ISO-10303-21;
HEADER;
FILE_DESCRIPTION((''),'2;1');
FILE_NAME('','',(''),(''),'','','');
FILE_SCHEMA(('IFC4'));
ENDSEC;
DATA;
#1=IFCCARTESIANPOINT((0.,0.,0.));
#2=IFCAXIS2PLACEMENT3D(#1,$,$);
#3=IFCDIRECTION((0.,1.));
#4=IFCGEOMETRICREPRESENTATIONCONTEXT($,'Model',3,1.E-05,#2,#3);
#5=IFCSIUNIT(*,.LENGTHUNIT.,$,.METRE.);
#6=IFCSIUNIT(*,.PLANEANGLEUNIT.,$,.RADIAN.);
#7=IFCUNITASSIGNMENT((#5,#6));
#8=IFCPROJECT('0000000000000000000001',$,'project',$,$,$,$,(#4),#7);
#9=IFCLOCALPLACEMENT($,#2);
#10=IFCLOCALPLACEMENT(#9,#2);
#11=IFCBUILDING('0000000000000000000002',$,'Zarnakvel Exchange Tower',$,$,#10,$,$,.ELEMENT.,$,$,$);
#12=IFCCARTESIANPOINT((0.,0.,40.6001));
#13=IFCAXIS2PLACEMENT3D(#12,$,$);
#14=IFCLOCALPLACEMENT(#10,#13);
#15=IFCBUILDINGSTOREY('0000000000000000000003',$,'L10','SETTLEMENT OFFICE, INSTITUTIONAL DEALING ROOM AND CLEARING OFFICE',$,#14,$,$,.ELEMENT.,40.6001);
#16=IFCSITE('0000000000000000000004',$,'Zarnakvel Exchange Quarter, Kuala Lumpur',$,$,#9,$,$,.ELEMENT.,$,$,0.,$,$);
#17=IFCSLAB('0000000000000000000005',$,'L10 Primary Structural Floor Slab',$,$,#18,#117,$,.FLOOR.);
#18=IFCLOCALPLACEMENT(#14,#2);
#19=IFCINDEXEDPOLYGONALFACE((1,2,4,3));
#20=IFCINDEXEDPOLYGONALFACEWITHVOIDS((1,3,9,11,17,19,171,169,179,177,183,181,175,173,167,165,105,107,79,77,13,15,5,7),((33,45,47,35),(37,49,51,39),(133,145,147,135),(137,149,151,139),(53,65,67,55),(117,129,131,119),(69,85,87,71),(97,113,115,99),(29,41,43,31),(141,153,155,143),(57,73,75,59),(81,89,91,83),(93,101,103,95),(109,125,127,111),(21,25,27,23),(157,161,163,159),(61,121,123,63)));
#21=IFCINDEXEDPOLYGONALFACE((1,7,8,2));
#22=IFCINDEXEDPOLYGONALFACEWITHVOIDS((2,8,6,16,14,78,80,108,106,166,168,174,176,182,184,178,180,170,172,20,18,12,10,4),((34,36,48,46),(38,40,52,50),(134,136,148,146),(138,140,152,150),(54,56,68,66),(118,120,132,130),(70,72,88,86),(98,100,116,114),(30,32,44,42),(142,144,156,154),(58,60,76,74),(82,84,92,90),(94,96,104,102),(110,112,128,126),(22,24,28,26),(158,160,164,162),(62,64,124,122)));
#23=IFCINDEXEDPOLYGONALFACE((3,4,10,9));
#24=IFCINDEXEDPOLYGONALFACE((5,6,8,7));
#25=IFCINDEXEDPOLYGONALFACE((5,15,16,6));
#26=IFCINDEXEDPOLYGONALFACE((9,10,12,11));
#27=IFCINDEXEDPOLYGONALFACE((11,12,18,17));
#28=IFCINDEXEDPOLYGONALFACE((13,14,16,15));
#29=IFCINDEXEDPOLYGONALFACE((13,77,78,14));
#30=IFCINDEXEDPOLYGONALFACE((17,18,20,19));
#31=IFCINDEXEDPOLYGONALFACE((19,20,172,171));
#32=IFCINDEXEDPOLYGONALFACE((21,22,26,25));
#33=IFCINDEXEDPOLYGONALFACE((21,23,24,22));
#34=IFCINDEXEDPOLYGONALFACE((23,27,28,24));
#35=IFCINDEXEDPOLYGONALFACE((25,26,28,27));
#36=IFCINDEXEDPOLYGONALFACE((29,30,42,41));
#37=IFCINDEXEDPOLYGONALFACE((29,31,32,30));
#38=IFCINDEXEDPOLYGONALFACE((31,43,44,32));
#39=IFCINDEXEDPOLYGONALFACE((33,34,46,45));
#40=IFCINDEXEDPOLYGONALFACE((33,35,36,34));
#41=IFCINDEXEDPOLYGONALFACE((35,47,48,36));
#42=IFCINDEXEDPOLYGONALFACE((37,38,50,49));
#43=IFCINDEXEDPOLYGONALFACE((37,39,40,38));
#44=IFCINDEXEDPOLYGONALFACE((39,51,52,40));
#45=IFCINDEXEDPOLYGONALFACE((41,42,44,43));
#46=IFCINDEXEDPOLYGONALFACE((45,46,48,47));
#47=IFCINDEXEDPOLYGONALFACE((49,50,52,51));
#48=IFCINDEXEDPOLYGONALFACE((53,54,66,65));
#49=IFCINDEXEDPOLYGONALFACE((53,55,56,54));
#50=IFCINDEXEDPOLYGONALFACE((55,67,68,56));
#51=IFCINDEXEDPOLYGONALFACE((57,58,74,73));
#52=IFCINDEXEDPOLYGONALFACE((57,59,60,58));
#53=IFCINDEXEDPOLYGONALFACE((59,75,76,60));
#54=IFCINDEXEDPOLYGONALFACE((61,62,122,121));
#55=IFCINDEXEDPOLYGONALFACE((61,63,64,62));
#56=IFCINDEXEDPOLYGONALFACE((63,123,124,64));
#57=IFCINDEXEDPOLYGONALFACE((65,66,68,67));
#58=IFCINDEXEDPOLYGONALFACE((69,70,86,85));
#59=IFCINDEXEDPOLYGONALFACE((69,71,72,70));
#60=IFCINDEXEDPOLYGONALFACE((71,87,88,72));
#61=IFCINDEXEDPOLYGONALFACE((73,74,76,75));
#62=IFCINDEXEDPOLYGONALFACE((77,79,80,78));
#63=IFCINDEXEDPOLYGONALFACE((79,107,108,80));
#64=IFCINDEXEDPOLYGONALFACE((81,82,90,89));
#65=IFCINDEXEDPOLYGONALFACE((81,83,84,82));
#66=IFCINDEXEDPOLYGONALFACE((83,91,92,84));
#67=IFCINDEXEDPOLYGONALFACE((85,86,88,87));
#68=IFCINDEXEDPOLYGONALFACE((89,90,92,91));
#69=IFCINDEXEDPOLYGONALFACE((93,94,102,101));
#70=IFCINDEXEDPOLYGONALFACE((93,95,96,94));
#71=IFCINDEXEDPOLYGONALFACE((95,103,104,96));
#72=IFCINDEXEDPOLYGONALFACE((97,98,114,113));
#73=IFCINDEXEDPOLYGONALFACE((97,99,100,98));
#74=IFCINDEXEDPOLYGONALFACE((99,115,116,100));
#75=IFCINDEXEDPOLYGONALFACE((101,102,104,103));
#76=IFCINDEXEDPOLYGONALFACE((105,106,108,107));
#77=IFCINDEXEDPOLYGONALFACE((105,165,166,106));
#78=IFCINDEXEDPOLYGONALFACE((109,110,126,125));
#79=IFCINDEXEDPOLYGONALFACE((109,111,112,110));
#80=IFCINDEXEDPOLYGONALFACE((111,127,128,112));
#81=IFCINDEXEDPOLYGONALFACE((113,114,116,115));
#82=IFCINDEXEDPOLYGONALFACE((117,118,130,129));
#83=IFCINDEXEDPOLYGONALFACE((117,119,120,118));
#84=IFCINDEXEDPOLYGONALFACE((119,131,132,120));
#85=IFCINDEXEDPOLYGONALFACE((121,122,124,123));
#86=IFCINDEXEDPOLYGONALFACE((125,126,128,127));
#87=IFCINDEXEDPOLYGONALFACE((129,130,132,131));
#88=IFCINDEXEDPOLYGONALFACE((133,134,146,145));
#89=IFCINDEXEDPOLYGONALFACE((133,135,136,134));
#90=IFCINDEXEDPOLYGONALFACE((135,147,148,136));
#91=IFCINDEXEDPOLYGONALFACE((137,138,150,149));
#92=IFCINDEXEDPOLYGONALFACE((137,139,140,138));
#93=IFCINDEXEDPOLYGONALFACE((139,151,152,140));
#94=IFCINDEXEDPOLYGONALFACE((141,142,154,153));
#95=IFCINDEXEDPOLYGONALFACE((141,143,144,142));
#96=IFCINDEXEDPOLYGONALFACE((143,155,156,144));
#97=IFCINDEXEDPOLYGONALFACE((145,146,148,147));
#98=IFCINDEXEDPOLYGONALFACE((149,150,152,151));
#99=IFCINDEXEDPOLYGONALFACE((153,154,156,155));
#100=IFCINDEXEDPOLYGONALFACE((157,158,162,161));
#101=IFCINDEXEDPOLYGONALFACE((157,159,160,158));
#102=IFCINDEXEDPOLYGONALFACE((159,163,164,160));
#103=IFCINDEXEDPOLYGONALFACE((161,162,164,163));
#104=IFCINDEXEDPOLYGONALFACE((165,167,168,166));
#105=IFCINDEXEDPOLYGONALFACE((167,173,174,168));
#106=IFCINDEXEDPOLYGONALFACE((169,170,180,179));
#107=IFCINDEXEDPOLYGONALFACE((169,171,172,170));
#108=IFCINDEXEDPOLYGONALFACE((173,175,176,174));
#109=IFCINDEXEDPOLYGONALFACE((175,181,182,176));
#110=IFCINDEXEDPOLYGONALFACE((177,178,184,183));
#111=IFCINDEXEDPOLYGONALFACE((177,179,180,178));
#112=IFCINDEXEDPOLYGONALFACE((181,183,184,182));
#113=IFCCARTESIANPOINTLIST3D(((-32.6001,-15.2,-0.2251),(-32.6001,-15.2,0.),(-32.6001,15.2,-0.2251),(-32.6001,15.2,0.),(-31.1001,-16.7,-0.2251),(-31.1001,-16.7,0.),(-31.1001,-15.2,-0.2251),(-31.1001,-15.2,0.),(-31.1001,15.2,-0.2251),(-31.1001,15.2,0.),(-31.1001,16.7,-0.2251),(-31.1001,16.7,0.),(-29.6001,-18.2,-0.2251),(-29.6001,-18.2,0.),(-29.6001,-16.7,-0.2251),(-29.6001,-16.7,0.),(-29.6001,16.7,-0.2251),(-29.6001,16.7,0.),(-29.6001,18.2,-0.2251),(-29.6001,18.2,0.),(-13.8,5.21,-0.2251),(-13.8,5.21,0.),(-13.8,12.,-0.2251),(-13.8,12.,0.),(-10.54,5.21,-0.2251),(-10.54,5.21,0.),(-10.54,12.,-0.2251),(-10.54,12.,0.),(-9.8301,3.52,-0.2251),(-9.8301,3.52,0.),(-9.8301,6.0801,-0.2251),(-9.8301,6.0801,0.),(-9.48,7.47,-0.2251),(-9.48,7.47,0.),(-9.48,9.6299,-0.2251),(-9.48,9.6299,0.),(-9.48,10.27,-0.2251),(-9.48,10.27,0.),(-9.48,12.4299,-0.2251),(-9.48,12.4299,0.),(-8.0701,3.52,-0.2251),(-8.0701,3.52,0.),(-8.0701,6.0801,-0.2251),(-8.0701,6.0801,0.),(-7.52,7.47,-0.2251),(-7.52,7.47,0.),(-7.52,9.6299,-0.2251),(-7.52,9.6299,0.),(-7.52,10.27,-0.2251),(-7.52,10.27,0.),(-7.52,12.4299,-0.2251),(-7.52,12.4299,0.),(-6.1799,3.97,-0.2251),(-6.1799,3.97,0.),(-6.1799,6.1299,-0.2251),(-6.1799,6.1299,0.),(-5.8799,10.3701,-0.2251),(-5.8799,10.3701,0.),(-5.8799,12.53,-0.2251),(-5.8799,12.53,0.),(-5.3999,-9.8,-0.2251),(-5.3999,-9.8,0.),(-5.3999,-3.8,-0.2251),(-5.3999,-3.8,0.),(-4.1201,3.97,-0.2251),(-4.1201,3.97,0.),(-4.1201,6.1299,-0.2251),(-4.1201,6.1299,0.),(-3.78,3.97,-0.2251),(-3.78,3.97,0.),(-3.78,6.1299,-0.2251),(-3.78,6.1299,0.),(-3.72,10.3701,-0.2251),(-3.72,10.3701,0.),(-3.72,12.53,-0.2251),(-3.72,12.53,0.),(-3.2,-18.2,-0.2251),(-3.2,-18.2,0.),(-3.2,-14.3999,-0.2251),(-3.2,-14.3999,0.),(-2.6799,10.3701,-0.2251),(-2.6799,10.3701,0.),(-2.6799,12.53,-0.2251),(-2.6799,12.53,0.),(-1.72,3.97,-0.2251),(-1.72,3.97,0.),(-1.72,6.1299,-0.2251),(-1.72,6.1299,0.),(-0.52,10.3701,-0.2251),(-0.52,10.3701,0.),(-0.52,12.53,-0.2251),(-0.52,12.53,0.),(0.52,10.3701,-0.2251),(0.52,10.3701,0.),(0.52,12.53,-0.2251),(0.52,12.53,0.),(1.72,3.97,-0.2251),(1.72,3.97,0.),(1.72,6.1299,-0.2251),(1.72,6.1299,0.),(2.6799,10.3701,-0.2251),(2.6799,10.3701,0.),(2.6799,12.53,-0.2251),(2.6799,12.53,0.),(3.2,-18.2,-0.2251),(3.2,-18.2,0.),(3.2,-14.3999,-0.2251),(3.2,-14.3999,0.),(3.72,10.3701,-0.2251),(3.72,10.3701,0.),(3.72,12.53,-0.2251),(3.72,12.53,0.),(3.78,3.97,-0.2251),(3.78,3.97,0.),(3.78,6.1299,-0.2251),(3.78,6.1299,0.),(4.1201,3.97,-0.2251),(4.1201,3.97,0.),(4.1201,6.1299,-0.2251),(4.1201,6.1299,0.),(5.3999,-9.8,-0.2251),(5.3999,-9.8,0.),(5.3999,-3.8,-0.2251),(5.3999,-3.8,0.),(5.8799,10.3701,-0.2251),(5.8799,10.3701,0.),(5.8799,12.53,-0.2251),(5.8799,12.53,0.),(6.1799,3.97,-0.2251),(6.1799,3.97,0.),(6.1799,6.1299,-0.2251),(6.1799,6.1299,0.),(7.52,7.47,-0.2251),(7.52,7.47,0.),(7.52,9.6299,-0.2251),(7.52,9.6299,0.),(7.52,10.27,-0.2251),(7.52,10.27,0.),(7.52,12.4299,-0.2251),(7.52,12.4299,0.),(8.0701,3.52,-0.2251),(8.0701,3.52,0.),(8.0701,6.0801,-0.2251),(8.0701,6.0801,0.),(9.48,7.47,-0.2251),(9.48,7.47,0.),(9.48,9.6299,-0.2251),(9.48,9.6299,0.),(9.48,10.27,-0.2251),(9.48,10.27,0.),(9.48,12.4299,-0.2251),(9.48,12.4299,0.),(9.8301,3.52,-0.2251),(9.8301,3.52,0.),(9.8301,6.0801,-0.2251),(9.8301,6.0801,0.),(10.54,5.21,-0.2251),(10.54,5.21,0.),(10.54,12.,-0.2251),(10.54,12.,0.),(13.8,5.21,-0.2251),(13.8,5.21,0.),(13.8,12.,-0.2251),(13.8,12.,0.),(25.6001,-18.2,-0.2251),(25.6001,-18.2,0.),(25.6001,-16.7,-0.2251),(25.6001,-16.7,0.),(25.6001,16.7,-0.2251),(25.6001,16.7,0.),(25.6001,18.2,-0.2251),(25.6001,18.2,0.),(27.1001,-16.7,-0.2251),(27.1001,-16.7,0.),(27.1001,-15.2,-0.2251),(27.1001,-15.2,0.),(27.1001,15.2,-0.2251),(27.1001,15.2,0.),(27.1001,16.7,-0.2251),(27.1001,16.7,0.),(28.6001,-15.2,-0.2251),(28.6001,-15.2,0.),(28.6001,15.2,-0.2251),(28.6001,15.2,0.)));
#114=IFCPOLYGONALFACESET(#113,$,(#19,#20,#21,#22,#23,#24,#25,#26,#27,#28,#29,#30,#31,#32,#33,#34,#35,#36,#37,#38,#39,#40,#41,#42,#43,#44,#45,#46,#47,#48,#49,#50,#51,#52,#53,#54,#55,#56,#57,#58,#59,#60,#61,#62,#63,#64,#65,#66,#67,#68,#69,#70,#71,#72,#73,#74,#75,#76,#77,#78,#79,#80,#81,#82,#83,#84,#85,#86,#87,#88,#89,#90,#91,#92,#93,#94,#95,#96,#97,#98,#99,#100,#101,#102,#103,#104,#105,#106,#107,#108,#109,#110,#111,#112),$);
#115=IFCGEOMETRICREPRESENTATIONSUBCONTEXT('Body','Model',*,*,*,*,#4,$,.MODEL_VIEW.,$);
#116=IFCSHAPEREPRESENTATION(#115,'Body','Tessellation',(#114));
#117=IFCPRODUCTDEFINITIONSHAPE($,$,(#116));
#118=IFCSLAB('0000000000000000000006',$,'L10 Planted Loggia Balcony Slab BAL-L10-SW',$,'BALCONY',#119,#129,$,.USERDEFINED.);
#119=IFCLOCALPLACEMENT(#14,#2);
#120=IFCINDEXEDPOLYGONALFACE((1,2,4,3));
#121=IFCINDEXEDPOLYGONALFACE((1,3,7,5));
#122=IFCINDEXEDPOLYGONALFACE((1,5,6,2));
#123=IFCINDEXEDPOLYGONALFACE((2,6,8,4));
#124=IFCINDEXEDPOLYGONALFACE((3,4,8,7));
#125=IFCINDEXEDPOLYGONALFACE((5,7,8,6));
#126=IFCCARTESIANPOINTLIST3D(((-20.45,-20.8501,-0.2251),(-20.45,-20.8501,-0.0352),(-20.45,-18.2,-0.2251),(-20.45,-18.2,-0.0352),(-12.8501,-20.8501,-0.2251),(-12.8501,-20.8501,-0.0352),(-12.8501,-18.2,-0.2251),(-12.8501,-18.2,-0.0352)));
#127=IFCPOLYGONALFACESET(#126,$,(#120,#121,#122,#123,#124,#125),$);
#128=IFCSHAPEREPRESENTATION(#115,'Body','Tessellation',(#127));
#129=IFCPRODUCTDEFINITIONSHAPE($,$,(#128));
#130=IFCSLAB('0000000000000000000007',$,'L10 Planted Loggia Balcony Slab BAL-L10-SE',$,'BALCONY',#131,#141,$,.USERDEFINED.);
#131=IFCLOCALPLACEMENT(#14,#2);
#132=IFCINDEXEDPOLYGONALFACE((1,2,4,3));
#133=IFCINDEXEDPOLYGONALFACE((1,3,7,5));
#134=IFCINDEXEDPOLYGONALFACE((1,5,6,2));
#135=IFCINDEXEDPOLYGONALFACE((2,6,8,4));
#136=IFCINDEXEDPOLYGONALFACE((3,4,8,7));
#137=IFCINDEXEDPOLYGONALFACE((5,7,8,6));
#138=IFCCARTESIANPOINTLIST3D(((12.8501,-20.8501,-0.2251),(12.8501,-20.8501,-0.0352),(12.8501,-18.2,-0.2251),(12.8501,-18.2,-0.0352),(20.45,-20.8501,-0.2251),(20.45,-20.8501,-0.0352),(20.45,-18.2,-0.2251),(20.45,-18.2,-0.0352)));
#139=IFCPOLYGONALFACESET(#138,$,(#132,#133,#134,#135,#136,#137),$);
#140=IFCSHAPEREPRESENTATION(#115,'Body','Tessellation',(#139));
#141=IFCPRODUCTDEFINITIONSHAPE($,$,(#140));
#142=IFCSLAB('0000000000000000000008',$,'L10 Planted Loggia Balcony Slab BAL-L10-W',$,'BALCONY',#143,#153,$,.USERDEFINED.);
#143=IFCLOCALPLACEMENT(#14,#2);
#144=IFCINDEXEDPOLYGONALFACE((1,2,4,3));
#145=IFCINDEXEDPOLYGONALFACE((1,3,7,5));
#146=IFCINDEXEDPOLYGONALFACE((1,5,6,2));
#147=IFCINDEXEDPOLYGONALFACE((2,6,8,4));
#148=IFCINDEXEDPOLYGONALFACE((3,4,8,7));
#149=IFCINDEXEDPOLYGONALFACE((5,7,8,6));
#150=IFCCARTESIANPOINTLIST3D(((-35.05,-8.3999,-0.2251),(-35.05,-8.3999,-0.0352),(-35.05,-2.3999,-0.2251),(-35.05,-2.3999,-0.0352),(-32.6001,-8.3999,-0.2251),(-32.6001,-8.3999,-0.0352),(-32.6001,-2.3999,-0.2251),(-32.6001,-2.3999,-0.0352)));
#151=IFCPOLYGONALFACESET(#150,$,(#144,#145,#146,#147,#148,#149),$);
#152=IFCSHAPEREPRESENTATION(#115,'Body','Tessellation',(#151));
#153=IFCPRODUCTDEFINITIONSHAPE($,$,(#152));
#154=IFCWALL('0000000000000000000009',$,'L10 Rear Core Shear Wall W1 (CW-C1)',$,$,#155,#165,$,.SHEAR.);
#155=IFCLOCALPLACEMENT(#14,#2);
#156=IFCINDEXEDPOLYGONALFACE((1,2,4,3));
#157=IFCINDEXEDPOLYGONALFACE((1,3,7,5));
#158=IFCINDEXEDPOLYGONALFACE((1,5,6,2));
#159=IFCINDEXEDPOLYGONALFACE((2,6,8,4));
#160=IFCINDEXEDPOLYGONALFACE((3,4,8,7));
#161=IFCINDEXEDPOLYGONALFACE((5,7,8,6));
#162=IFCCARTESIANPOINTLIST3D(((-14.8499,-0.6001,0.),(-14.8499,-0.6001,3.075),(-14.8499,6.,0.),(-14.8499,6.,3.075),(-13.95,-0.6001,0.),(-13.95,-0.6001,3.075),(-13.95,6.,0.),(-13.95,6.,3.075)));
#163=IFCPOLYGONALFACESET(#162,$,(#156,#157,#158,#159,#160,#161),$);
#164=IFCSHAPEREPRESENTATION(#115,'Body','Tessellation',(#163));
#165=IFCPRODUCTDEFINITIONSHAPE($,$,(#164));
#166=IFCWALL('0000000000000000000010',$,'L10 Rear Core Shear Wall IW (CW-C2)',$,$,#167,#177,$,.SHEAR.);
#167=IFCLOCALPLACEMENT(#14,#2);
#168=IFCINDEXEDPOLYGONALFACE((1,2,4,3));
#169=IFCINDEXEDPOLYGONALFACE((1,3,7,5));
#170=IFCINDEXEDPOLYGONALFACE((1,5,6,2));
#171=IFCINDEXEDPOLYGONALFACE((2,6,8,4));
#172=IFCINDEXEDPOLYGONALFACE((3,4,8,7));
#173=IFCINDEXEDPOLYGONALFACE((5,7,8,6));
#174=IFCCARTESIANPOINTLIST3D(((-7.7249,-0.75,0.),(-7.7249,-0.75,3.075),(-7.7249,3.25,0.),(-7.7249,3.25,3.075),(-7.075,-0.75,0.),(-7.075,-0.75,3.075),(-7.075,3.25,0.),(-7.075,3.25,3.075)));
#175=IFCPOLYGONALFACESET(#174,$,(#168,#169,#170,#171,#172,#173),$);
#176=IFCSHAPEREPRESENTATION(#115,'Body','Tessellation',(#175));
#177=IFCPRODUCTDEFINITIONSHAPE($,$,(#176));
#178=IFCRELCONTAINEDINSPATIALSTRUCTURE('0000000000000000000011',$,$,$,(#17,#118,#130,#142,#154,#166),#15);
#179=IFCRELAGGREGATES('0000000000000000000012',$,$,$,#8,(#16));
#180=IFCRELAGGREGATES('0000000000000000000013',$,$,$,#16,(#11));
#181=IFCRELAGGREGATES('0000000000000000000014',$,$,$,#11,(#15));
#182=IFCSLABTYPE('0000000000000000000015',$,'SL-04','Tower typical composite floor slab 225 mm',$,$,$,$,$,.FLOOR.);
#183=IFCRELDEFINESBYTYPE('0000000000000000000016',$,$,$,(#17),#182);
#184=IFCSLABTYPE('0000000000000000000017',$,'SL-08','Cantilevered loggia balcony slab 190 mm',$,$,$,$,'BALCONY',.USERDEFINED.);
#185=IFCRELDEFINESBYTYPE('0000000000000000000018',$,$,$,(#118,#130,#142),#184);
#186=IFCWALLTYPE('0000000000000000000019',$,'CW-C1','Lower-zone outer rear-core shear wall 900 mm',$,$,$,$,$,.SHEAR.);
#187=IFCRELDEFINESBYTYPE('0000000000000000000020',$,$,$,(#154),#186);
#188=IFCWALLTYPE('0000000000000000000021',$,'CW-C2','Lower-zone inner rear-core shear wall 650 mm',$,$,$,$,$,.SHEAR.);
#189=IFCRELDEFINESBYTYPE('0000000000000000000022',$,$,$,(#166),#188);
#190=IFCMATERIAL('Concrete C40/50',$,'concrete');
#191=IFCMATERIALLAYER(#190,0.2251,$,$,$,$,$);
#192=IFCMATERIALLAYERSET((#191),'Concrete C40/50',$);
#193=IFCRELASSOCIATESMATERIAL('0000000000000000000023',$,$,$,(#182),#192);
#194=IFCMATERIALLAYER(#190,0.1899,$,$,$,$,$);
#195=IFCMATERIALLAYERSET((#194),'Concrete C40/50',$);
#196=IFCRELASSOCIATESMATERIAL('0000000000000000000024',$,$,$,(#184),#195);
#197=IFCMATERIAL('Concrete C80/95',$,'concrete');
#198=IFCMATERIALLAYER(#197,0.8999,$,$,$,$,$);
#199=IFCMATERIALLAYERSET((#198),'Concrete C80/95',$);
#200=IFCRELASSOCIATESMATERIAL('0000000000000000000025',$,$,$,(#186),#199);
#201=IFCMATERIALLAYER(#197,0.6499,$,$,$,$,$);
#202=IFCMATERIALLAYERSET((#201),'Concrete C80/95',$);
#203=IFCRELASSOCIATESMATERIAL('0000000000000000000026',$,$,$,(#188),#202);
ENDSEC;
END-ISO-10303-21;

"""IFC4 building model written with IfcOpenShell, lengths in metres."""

from ifc_helpers import new_model, si_unit, direction, frame, frame_2d, origin, place, context, subcontext, project, spatial, polyline, rectangle, outline, extrude, material, layer, layer_set, type_object, element, save


model = new_model("IFC4")

# Units and contexts
model_context = context("Model", 3, precision=1e-05, world=origin(), true_north=direction((0.0, 1.0)))
body_context = subcontext(model_context, "Body", "Model", "MODEL_VIEW")
ifc_project = project(units=[si_unit("LENGTHUNIT", "METRE"), si_unit("PLANEANGLEUNIT", "RADIAN")], contexts=[model_context])

# Site, building, storey
site_placement = place(None, origin())
site = spatial("IfcSite", under=ifc_project, at=site_placement, Name="Zarnakvel Exchange Quarter, Kuala Lumpur", CompositionType="ELEMENT", RefElevation=0.0)
building_placement = place(site_placement, origin())
building = spatial("IfcBuilding", under=site, at=building_placement, Name="Zarnakvel Exchange Tower", CompositionType="ELEMENT")
storey_placement = place(building_placement, frame((0.0, 0.0, 40.6001)))
storey = spatial("IfcBuildingStorey", under=building, at=storey_placement, Name="L10", Description="SETTLEMENT OFFICE, INSTITUTIONAL DEALING ROOM AND CLEARING OFFICE", CompositionType="ELEMENT", Elevation=40.6001)

# Shared definitions
ifc_material_1 = material(Name="Concrete C80/95", Category="concrete")

# Slabs
ifc_material_2 = material(Name="Concrete C40/50", Category="concrete")
ifc_layer_1 = layer(ifc_material_2, 0.2251)
ifc_layer_set_1 = layer_set([ifc_layer_1], Name="Concrete C40/50")
slab_type_1 = type_object("IfcSlabType", Name="SL-04", Description="Tower typical composite floor slab 225 mm", PredefinedType="FLOOR", material=ifc_layer_set_1)
slab_1_placement = place(storey_placement, frame((0.0, 0.0, -0.2251)))
element("IfcSlab", 1, at=slab_1_placement, inside=storey, type_object=slab_type_1, Name="L10 Primary Structural Floor Slab", PredefinedType="FLOOR", context=body_context, shape_type="SweptSolid", body=[
    extrude(outline(polyline([(-32.6001, -15.2), (-31.1001, -15.2), (-31.1001, -16.7), (-29.6001, -16.7), (-29.6001, -18.2), (-3.2, -18.2), (-3.2, -14.3999), (3.2, -14.3999), (3.2, -18.2), (25.6001, -18.2), (25.6001, -16.7), (27.1001, -16.7), (27.1001, -15.2), (28.6001, -15.2), (28.6001, 15.2), (27.1001, 15.2), (27.1001, 16.7), (25.6001, 16.7), (25.6001, 18.2), (-29.6001, 18.2), (-29.6001, 16.7), (-31.1001, 16.7), (-31.1001, 15.2), (-32.6001, 15.2), (-32.6001, -15.2)]), holes=[polyline([(-5.3999, -9.8), (5.3999, -9.8), (5.3999, -3.8), (-5.3999, -3.8), (-5.3999, -9.8)]), polyline([(-13.8, 5.21), (-10.54, 5.21), (-10.54, 12.0), (-13.8, 12.0), (-13.8, 5.21)]), polyline([(10.54, 5.21), (13.8, 5.21), (13.8, 12.0), (10.54, 12.0), (10.54, 5.21)]), polyline([(-9.8301, 3.52), (-8.0701, 3.52), (-8.0701, 6.0801), (-9.8301, 6.0801), (-9.8301, 3.52)]), polyline([(8.0701, 3.52), (9.8301, 3.52), (9.8301, 6.0801), (8.0701, 6.0801), (8.0701, 3.52)]), polyline([(-5.8799, 10.3701), (-3.72, 10.3701), (-3.72, 12.53), (-5.8799, 12.53), (-5.8799, 10.3701)]), polyline([(-2.6799, 10.3701), (-0.52, 10.3701), (-0.52, 12.53), (-2.6799, 12.53), (-2.6799, 10.3701)]), polyline([(0.52, 10.3701), (2.6799, 10.3701), (2.6799, 12.53), (0.52, 12.53), (0.52, 10.3701)]), polyline([(3.72, 10.3701), (5.8799, 10.3701), (5.8799, 12.53), (3.72, 12.53), (3.72, 10.3701)]), polyline([(-6.1799, 3.97), (-4.1201, 3.97), (-4.1201, 6.1299), (-6.1799, 6.1299), (-6.1799, 3.97)]), polyline([(-3.78, 3.97), (-1.72, 3.97), (-1.72, 6.1299), (-3.78, 6.1299), (-3.78, 3.97)]), polyline([(1.72, 3.97), (3.78, 3.97), (3.78, 6.1299), (1.72, 6.1299), (1.72, 3.97)]), polyline([(4.1201, 3.97), (6.1799, 3.97), (6.1799, 6.1299), (4.1201, 6.1299), (4.1201, 3.97)]), polyline([(-9.48, 7.47), (-7.52, 7.47), (-7.52, 9.6299), (-9.48, 9.6299), (-9.48, 7.47)]), polyline([(-9.48, 10.27), (-7.52, 10.27), (-7.52, 12.4299), (-9.48, 12.4299), (-9.48, 10.27)]), polyline([(7.52, 7.47), (9.48, 7.47), (9.48, 9.6299), (7.52, 9.6299), (7.52, 7.47)]), polyline([(7.52, 10.27), (9.48, 10.27), (9.48, 12.4299), (7.52, 12.4299), (7.52, 10.27)])]), origin(), (0.0, 0.0, 1.0), 0.2251),
])
ifc_layer_2 = layer(ifc_material_2, 0.1899)
ifc_layer_set_2 = layer_set([ifc_layer_2], Name="Concrete C40/50")
slab_type_2 = type_object("IfcSlabType", Name="SL-08", Description="Cantilevered loggia balcony slab 190 mm", ElementType="BALCONY", PredefinedType="USERDEFINED", material=ifc_layer_set_2)
slab_2_placement = place(storey_placement, frame((0.0, 0.0, -0.2251)))
element("IfcSlab", 2, at=slab_2_placement, inside=storey, type_object=slab_type_2, Name="L10 Planted Loggia Balcony Slab BAL-L10-SW", ObjectType="BALCONY", PredefinedType="USERDEFINED", context=body_context, shape_type="SweptSolid", body=[
    extrude(outline(polyline([(-20.45, -20.8501), (-12.8501, -20.8501), (-12.8501, -18.2), (-20.45, -18.2), (-20.45, -20.8501)])), origin(), (0.0, 0.0, 1.0), 0.1899),
])
slab_3_placement = place(storey_placement, frame((0.0, 0.0, -0.2251)))
element("IfcSlab", 3, at=slab_3_placement, inside=storey, type_object=slab_type_2, Name="L10 Planted Loggia Balcony Slab BAL-L10-SE", ObjectType="BALCONY", PredefinedType="USERDEFINED", context=body_context, shape_type="SweptSolid", body=[
    extrude(outline(polyline([(12.8501, -20.8501), (20.45, -20.8501), (20.45, -18.2), (12.8501, -18.2), (12.8501, -20.8501)])), origin(), (0.0, 0.0, 1.0), 0.1899),
])
slab_4_placement = place(storey_placement, frame((0.0, 0.0, -0.2251)))
element("IfcSlab", 4, at=slab_4_placement, inside=storey, type_object=slab_type_2, Name="L10 Planted Loggia Balcony Slab BAL-L10-W", ObjectType="BALCONY", PredefinedType="USERDEFINED", context=body_context, shape_type="SweptSolid", body=[
    extrude(outline(polyline([(-35.05, -8.3999), (-32.6001, -8.3999), (-32.6001, -2.3999), (-35.05, -2.3999), (-35.05, -8.3999)])), origin(), (0.0, 0.0, 1.0), 0.1899),
])

# Wall
ifc_layer_3 = layer(ifc_material_1, 0.8999)
ifc_layer_set_3 = layer_set([ifc_layer_3], Name="Concrete C80/95")
wall_type_1 = type_object("IfcWallType", Name="CW-C1", Description="Lower-zone outer rear-core shear wall 900 mm", PredefinedType="SHEAR", material=ifc_layer_set_3)
wall_1_placement = place(storey_placement, frame((-14.3999, -0.6001, 0.0), z_axis=(0.0, 0.0, 1.0), x_axis=(0.0, 1.0, 0.0)))
element("IfcWall", 5, at=wall_1_placement, inside=storey, type_object=wall_type_1, Name="L10 Rear Core Shear Wall W1 (CW-C1)", PredefinedType="SHEAR", context=body_context, shape_type="SweptSolid", body=[
    extrude(rectangle(XDim=6.6001, YDim=0.8999, at=frame_2d((3.3, 0.0))), origin(), (0.0, 0.0, 1.0), 3.075),
])

# Wall
ifc_layer_4 = layer(ifc_material_1, 0.6499)
ifc_layer_set_4 = layer_set([ifc_layer_4], Name="Concrete C80/95")
wall_type_2 = type_object("IfcWallType", Name="CW-C2", Description="Lower-zone inner rear-core shear wall 650 mm", PredefinedType="SHEAR", material=ifc_layer_set_4)
wall_2_placement = place(storey_placement, frame((-7.3999, -0.75, 0.0), z_axis=(0.0, 0.0, 1.0), x_axis=(0.0, 1.0, 0.0)))
element("IfcWall", 6, at=wall_2_placement, inside=storey, type_object=wall_type_2, Name="L10 Rear Core Shear Wall IW (CW-C2)", PredefinedType="SHEAR", context=body_context, shape_type="SweptSolid", body=[
    extrude(rectangle(XDim=4.0, YDim=0.6499, at=frame_2d((2.0, 0.0))), origin(), (0.0, 0.0, 1.0), 3.075),
])

save(model, "model.ifc")
